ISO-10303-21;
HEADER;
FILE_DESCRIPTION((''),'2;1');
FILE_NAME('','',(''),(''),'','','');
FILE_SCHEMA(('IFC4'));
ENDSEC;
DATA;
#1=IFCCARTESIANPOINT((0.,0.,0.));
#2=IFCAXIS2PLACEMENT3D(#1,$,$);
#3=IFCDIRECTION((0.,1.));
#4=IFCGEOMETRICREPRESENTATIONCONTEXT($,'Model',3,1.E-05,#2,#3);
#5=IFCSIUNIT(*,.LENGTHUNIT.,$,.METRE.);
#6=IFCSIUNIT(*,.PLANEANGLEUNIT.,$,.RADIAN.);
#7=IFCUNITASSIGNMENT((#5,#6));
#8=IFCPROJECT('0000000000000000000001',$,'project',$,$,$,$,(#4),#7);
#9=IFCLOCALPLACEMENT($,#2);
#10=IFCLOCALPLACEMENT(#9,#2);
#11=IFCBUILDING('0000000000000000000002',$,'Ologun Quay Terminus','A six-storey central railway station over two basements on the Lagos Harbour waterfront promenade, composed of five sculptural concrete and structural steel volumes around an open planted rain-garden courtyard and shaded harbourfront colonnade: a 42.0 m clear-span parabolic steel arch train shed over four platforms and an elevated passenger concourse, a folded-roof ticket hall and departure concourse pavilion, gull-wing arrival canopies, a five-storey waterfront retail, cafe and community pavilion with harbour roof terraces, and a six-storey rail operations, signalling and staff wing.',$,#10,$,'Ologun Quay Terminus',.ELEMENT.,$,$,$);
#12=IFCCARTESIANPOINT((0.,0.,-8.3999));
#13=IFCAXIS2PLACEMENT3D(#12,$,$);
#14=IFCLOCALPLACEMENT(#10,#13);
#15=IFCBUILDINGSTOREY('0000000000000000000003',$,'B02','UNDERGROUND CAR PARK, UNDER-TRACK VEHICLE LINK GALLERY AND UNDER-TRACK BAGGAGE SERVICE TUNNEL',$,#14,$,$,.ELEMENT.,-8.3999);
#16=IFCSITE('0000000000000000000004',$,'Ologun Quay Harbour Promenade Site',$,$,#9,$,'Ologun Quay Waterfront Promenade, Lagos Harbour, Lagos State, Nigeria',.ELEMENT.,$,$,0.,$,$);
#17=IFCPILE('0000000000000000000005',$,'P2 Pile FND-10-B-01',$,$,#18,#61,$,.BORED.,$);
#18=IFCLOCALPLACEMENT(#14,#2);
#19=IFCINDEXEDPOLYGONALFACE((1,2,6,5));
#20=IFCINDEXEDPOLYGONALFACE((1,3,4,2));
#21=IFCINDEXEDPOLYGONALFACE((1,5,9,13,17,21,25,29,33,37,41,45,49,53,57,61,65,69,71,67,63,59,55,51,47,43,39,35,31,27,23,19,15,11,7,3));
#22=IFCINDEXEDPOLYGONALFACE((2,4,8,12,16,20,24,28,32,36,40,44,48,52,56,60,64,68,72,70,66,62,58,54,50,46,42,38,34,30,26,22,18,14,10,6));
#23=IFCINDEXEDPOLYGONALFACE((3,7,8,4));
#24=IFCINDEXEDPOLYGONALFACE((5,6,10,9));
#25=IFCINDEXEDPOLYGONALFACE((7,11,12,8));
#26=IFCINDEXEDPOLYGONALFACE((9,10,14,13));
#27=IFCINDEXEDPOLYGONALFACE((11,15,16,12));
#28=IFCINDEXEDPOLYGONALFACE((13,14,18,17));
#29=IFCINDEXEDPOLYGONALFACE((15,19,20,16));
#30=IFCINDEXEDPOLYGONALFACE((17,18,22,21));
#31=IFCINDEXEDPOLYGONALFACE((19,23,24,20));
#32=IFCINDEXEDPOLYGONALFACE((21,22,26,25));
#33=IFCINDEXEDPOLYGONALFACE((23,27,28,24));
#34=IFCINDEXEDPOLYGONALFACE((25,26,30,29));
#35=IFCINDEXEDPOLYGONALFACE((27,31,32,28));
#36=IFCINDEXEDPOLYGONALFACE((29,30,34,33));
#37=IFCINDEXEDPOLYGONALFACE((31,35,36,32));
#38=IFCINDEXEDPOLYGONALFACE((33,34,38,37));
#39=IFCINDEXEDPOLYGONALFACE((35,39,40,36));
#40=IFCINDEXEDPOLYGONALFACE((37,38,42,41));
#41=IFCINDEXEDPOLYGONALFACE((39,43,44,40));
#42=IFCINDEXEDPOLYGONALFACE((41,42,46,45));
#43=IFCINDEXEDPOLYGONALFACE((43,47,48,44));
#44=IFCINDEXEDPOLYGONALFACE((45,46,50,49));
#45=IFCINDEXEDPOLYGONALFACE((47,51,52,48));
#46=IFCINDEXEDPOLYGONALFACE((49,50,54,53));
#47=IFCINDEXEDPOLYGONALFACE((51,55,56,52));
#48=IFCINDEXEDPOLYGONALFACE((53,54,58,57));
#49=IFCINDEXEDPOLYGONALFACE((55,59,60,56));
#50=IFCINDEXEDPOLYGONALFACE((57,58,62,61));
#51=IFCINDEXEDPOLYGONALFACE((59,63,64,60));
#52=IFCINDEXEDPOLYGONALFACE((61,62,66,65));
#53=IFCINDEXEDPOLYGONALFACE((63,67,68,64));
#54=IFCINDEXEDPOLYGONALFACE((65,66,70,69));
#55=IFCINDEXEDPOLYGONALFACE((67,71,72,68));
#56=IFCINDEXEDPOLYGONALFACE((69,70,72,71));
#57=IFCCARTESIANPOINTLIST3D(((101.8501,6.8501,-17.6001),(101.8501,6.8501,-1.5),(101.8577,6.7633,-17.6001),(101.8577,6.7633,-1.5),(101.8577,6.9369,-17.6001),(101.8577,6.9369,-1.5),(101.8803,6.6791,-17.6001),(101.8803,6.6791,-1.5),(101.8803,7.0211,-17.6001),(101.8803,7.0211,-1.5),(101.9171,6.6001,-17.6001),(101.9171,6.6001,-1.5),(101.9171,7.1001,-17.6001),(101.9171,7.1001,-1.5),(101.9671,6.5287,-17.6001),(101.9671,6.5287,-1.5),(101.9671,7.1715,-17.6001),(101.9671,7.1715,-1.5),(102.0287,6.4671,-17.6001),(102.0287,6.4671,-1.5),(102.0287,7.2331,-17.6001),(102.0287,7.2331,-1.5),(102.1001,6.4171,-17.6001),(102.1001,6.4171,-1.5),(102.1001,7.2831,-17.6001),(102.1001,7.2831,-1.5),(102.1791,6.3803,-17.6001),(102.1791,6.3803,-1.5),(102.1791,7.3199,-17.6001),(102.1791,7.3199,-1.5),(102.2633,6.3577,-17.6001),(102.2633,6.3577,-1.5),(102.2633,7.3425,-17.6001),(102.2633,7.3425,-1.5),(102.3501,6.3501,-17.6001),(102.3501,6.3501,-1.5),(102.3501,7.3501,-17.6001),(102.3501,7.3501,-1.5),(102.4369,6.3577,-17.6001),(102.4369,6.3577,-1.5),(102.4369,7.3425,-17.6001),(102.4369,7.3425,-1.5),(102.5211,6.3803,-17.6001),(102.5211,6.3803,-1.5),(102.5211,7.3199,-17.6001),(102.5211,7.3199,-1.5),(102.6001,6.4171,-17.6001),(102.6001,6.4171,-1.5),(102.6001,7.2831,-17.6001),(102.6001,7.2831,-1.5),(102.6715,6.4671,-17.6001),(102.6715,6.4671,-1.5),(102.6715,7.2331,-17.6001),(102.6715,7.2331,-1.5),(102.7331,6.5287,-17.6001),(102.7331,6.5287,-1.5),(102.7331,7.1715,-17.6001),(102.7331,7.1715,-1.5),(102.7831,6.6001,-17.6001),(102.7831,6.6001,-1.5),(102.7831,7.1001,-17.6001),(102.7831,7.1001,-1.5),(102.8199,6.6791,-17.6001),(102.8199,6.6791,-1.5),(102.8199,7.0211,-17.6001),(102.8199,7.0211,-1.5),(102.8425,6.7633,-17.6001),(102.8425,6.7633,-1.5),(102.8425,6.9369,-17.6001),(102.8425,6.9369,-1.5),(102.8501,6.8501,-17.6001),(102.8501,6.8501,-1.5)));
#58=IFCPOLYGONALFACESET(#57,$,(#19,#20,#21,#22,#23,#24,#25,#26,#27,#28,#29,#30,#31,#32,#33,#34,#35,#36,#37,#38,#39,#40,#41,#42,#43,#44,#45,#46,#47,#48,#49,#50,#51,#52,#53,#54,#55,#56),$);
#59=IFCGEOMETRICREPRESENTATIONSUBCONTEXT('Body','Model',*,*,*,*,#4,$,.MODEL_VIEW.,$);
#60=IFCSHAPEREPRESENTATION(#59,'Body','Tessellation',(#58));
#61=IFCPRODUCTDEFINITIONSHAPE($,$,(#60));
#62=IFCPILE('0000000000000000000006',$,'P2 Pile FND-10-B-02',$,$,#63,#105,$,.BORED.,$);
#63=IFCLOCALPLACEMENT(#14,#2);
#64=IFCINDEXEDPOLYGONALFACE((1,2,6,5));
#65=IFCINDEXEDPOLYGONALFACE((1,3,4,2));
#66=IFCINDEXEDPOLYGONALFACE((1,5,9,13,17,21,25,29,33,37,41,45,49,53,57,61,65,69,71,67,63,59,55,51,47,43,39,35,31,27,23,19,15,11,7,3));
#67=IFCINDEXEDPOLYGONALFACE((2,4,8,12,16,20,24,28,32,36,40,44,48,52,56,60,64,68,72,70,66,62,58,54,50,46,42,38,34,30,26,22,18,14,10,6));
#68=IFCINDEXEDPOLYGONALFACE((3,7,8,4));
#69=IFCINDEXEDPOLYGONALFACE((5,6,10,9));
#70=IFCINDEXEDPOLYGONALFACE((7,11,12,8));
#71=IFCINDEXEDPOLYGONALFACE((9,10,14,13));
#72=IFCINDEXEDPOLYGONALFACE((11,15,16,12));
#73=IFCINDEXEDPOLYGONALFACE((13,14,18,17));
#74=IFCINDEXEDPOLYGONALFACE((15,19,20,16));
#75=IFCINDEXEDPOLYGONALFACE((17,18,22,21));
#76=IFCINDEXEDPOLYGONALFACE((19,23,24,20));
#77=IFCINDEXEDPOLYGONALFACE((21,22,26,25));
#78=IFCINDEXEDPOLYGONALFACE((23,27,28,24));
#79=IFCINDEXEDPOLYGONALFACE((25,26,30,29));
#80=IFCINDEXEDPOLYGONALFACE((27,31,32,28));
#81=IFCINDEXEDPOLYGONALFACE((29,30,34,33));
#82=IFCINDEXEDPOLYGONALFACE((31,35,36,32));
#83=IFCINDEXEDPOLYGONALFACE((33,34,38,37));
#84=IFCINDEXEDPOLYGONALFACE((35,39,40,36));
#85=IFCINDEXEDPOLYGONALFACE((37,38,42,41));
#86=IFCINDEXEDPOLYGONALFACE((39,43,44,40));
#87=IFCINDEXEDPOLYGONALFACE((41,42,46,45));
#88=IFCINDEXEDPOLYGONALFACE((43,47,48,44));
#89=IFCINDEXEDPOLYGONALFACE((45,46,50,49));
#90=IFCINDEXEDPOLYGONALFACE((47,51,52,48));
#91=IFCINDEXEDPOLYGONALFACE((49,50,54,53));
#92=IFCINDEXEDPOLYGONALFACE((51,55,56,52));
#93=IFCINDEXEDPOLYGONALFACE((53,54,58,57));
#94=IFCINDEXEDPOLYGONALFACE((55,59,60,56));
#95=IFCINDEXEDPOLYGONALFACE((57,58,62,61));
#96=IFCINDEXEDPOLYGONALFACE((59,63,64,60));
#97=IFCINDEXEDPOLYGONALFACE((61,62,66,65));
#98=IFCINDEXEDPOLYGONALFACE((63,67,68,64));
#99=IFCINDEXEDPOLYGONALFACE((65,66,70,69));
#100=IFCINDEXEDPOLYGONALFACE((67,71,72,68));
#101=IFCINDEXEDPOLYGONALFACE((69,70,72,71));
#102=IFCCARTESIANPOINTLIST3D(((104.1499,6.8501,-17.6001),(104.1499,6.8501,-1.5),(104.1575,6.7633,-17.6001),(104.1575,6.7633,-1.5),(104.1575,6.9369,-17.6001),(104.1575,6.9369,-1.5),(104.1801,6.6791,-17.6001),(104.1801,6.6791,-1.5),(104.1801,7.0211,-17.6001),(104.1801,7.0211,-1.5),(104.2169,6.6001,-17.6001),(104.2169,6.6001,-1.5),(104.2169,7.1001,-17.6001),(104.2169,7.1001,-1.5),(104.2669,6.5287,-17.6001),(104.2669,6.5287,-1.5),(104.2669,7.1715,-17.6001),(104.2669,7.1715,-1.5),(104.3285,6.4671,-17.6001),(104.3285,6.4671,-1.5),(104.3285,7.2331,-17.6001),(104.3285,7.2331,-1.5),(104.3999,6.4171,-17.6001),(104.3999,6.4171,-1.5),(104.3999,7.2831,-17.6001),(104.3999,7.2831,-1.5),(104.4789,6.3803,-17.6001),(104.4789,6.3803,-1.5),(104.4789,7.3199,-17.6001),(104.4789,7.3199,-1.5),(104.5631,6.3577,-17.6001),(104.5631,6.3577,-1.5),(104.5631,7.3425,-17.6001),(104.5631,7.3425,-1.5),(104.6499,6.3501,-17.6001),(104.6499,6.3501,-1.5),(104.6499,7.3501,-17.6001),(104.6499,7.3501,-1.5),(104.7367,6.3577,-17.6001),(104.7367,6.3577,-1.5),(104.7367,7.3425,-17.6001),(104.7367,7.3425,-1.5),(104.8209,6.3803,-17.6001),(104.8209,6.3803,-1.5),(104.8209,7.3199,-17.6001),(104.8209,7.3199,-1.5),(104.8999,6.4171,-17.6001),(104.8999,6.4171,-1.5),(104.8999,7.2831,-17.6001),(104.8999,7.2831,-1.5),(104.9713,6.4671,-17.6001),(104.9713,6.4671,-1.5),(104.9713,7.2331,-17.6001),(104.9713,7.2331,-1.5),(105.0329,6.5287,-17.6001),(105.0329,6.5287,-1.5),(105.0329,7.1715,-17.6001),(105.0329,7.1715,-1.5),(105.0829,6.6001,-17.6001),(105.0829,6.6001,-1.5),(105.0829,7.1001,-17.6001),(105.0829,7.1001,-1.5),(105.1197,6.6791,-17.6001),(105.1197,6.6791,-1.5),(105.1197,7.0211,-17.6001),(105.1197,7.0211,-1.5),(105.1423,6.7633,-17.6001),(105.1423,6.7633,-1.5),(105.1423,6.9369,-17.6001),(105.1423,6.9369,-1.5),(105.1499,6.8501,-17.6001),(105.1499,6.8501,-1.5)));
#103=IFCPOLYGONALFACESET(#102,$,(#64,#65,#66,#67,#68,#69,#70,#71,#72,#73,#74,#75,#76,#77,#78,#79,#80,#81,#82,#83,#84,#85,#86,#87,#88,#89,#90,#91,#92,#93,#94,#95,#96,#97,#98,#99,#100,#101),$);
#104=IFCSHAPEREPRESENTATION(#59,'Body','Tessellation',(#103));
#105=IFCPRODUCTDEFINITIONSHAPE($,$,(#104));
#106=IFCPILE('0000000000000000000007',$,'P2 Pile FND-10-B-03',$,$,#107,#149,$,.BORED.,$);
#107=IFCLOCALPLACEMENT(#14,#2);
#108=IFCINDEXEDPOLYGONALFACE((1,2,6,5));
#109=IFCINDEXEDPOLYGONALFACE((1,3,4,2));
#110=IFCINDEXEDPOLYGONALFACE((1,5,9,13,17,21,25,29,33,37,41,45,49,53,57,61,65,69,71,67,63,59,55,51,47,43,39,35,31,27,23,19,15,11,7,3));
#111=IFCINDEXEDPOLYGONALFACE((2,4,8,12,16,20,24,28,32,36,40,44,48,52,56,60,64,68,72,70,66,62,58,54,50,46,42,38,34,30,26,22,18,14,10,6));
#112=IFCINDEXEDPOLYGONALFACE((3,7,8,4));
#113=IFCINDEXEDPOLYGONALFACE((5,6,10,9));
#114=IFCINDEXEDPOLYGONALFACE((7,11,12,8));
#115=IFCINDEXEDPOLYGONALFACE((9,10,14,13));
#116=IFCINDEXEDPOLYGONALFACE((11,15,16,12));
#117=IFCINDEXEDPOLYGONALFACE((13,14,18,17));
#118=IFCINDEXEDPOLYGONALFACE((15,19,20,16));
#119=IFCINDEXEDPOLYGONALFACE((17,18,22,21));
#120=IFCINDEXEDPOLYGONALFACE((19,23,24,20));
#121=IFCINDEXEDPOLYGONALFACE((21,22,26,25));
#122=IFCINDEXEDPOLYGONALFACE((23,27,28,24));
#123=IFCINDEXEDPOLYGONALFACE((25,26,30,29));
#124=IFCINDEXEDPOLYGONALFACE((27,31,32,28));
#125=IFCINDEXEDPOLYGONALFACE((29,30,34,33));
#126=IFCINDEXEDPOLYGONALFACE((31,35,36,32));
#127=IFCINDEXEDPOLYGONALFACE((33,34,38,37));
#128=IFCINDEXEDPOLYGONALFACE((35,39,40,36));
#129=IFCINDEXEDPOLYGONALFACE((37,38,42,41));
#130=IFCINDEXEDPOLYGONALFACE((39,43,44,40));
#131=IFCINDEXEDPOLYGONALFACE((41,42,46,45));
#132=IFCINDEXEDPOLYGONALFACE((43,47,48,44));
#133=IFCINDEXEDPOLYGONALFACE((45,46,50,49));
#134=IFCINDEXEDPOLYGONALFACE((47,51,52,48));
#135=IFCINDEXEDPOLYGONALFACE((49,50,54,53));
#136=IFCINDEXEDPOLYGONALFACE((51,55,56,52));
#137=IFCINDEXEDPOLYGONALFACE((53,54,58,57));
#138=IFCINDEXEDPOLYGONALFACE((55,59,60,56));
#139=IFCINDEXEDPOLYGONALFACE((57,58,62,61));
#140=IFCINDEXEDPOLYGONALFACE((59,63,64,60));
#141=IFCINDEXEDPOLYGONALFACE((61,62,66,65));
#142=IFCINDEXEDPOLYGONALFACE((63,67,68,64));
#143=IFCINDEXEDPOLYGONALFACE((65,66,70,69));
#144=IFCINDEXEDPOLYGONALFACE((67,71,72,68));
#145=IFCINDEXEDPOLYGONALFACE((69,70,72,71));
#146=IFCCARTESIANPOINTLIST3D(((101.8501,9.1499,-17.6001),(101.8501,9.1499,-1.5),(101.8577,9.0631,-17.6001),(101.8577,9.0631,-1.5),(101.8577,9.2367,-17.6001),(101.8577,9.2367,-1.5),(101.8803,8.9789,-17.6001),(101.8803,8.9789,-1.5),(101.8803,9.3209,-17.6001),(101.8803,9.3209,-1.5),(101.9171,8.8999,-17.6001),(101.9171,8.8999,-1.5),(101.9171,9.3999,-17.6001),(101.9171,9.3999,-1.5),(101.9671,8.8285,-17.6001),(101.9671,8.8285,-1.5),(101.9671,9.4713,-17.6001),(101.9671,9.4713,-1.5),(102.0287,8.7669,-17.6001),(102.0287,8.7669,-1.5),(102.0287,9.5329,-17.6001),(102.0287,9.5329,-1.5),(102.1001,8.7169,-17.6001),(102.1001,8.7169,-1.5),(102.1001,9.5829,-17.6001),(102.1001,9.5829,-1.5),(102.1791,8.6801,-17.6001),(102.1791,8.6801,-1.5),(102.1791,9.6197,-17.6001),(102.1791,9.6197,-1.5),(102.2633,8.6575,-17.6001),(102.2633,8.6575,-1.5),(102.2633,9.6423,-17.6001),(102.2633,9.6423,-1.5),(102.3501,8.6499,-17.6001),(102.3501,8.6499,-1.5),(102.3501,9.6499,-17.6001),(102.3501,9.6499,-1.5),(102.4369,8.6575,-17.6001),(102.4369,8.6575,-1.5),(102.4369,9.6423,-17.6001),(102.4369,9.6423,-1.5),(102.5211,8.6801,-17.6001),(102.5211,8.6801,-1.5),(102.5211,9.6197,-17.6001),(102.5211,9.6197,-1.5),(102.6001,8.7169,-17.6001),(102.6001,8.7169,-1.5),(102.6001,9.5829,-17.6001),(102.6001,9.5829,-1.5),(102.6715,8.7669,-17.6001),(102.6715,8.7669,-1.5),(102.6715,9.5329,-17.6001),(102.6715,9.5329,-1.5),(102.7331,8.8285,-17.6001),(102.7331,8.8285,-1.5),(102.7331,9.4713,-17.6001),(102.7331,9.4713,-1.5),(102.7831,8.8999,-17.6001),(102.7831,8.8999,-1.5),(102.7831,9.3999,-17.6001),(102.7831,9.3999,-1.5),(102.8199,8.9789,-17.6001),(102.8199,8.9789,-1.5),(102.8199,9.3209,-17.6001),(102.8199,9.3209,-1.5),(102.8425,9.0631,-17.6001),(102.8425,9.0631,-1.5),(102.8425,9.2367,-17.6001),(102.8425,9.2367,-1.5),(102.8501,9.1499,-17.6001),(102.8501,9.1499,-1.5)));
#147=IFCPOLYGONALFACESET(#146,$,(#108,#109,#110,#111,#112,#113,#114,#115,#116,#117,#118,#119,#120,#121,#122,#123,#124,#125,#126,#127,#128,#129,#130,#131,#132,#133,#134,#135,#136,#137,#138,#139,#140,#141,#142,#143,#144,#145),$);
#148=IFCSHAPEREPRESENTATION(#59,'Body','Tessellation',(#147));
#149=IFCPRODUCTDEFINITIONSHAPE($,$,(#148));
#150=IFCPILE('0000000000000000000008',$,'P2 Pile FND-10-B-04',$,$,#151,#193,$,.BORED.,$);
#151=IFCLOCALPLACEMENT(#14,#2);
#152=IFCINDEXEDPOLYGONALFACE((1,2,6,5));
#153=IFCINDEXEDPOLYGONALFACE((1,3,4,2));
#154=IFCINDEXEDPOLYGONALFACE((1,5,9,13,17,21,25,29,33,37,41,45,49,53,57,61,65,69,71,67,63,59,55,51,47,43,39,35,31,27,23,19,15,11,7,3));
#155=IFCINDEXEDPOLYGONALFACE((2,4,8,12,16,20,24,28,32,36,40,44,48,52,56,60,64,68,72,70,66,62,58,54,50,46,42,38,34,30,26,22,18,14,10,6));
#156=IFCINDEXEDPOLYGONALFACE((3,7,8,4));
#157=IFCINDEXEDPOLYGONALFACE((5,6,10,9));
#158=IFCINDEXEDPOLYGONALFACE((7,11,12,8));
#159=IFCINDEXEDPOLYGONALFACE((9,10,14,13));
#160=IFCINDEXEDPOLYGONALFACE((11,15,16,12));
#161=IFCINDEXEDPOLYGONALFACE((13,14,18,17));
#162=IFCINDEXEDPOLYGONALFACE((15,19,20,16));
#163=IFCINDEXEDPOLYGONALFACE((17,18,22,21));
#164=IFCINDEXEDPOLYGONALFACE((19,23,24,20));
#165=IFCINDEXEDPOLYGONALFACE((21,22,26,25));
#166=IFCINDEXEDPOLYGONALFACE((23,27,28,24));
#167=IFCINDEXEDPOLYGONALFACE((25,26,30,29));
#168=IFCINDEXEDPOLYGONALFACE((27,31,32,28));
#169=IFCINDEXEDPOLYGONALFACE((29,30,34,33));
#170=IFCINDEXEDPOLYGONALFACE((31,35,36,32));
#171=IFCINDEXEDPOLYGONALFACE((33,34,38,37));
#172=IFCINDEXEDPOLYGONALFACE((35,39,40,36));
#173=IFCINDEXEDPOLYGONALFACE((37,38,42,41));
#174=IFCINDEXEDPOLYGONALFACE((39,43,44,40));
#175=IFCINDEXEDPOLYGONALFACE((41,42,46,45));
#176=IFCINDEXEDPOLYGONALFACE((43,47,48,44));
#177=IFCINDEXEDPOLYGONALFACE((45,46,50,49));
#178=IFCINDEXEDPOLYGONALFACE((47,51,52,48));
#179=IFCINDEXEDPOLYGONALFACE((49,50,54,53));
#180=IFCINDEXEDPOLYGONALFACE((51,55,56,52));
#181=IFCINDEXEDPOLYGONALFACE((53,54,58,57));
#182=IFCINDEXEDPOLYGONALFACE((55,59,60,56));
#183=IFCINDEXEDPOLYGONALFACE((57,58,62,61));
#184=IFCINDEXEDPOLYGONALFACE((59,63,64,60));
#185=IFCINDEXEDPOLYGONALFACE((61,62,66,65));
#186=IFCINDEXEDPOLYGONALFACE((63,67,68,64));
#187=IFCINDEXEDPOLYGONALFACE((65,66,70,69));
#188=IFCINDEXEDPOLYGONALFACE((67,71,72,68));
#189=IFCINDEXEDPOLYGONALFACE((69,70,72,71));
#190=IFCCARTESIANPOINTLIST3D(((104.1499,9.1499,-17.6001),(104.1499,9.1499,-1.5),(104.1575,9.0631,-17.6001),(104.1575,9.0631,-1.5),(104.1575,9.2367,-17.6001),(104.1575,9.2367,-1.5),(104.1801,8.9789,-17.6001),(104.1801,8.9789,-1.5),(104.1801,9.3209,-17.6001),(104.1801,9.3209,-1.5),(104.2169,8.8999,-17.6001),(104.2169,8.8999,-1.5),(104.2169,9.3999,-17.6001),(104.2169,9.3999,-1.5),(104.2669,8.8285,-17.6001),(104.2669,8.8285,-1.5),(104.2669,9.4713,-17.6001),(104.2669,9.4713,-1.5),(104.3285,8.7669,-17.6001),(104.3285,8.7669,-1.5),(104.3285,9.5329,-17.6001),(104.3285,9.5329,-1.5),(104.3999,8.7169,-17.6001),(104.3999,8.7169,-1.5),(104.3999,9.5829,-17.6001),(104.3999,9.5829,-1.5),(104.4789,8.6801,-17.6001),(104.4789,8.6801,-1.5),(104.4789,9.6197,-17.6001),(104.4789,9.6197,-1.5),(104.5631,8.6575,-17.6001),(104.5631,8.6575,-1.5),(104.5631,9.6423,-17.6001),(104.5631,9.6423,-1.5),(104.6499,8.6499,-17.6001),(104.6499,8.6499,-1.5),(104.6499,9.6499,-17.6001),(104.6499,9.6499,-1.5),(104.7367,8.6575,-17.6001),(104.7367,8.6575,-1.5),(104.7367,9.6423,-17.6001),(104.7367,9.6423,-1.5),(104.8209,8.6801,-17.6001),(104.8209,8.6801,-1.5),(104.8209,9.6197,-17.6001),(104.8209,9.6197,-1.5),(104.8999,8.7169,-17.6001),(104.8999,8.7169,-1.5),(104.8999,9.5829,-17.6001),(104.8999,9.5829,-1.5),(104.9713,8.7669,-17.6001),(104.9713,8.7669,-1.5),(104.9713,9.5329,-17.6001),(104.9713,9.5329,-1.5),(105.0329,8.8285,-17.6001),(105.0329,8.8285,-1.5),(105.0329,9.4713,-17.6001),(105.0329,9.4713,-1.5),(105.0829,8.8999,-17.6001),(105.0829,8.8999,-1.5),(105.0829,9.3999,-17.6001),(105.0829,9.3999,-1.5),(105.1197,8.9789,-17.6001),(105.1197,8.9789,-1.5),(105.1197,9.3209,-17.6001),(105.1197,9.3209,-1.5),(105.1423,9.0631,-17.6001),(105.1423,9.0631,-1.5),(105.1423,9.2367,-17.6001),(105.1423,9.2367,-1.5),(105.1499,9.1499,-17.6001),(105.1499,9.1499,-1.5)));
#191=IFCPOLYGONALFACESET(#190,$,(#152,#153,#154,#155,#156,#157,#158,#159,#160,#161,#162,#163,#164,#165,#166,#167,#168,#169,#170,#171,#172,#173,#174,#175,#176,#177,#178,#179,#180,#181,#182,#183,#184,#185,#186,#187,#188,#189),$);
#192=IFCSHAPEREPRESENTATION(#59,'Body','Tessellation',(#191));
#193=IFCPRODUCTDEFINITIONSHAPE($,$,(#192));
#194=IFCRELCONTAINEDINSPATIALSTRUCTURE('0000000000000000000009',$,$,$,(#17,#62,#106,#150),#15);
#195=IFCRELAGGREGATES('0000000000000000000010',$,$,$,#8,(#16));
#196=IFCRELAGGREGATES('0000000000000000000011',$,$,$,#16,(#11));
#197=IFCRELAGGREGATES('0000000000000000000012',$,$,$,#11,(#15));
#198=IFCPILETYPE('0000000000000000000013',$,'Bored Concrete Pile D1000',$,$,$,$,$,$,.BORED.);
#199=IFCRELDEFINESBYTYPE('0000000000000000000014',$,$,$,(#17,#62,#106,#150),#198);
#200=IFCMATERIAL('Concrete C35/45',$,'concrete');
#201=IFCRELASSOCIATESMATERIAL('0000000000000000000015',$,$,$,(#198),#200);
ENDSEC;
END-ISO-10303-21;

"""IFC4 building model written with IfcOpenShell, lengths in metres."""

from ifc_helpers import new_model, si_unit, direction, frame, origin, origin_2d, place, context, subcontext, project, spatial, circle, extrude, material, material_profile, profile_set, type_object, element, save


model = new_model("IFC4")

# Units and contexts
model_context = context("Model", 3, precision=1e-05, world=origin(), true_north=direction((0.0, 1.0)))
body_context = subcontext(model_context, "Body", "Model", "MODEL_VIEW")
ifc_project = project(units=[si_unit("LENGTHUNIT", "METRE"), si_unit("PLANEANGLEUNIT", "RADIAN")], contexts=[model_context])

# Site, building, storey
site_placement = place(None, origin())
site = spatial("IfcSite", under=ifc_project, at=site_placement, Name="Ologun Quay Harbour Promenade Site", LongName="Ologun Quay Waterfront Promenade, Lagos Harbour, Lagos State, Nigeria", CompositionType="ELEMENT", RefElevation=0.0)
building_placement = place(site_placement, origin())
building = spatial("IfcBuilding", under=site, at=building_placement, Name="Ologun Quay Terminus", Description="A six-storey central railway station over two basements on the Lagos Harbour waterfront promenade, composed of five sculptural concrete and structural steel volumes around an open planted rain-garden courtyard and shaded harbourfront colonnade: a 42.0 m clear-span parabolic steel arch train shed over four platforms and an elevated passenger concourse, a folded-roof ticket hall and departure concourse pavilion, gull-wing arrival canopies, a five-storey waterfront retail, cafe and community pavilion with harbour roof terraces, and a six-storey rail operations, signalling and staff wing.", LongName="Ologun Quay Terminus", CompositionType="ELEMENT")
storey_placement = place(building_placement, frame((0.0, 0.0, -8.3999)))
storey = spatial("IfcBuildingStorey", under=building, at=storey_placement, Name="B02", Description="UNDERGROUND CAR PARK, UNDER-TRACK VEHICLE LINK GALLERY AND UNDER-TRACK BAGGAGE SERVICE TUNNEL", CompositionType="ELEMENT", Elevation=-8.3999)

# Piles
ifc_material_1 = material(Name="Concrete C35/45", Category="concrete")
ifc_material_profile_1 = material_profile(ifc_material_1, circle(Radius=0.5, at=origin_2d()), Name="PILE D1000")
ifc_profile_set_1 = profile_set([ifc_material_profile_1], Name="Concrete C35/45")
pile_type_1 = type_object("IfcPileType", Name="Bored Concrete Pile D1000", PredefinedType="BORED", material=ifc_profile_set_1)
for number, where, z_axis, x_axis, name in (
    (1, (102.3501, 6.8501, -1.5), (0.0, 0.0, -1.0), (1.0, 0.0, 0.0), "P2 Pile FND-10-B-01"),
    (2, (104.6499, 6.8501, -1.5), (0.0, 0.0, -1.0), (1.0, 0.0, 0.0), "P2 Pile FND-10-B-02"),
    (3, (102.3501, 9.1499, -1.5), (0.0, 0.0, -1.0), (1.0, 0.0, 0.0), "P2 Pile FND-10-B-03"),
    (4, (104.6499, 9.1499, -1.5), (0.0, 0.0, -1.0), (1.0, 0.0, 0.0), "P2 Pile FND-10-B-04"),
):
    element("IfcPile", number, at=place(storey_placement, frame(where, z_axis=z_axis, x_axis=x_axis)), inside=storey, type_object=pile_type_1, Name=name, PredefinedType="BORED", context=body_context, shape_type="SweptSolid", body=[
        extrude(circle(Radius=0.5, at=origin_2d()), origin(), (0.0, 0.0, 1.0), 16.1001),
    ])

save(model, "model.ifc")
